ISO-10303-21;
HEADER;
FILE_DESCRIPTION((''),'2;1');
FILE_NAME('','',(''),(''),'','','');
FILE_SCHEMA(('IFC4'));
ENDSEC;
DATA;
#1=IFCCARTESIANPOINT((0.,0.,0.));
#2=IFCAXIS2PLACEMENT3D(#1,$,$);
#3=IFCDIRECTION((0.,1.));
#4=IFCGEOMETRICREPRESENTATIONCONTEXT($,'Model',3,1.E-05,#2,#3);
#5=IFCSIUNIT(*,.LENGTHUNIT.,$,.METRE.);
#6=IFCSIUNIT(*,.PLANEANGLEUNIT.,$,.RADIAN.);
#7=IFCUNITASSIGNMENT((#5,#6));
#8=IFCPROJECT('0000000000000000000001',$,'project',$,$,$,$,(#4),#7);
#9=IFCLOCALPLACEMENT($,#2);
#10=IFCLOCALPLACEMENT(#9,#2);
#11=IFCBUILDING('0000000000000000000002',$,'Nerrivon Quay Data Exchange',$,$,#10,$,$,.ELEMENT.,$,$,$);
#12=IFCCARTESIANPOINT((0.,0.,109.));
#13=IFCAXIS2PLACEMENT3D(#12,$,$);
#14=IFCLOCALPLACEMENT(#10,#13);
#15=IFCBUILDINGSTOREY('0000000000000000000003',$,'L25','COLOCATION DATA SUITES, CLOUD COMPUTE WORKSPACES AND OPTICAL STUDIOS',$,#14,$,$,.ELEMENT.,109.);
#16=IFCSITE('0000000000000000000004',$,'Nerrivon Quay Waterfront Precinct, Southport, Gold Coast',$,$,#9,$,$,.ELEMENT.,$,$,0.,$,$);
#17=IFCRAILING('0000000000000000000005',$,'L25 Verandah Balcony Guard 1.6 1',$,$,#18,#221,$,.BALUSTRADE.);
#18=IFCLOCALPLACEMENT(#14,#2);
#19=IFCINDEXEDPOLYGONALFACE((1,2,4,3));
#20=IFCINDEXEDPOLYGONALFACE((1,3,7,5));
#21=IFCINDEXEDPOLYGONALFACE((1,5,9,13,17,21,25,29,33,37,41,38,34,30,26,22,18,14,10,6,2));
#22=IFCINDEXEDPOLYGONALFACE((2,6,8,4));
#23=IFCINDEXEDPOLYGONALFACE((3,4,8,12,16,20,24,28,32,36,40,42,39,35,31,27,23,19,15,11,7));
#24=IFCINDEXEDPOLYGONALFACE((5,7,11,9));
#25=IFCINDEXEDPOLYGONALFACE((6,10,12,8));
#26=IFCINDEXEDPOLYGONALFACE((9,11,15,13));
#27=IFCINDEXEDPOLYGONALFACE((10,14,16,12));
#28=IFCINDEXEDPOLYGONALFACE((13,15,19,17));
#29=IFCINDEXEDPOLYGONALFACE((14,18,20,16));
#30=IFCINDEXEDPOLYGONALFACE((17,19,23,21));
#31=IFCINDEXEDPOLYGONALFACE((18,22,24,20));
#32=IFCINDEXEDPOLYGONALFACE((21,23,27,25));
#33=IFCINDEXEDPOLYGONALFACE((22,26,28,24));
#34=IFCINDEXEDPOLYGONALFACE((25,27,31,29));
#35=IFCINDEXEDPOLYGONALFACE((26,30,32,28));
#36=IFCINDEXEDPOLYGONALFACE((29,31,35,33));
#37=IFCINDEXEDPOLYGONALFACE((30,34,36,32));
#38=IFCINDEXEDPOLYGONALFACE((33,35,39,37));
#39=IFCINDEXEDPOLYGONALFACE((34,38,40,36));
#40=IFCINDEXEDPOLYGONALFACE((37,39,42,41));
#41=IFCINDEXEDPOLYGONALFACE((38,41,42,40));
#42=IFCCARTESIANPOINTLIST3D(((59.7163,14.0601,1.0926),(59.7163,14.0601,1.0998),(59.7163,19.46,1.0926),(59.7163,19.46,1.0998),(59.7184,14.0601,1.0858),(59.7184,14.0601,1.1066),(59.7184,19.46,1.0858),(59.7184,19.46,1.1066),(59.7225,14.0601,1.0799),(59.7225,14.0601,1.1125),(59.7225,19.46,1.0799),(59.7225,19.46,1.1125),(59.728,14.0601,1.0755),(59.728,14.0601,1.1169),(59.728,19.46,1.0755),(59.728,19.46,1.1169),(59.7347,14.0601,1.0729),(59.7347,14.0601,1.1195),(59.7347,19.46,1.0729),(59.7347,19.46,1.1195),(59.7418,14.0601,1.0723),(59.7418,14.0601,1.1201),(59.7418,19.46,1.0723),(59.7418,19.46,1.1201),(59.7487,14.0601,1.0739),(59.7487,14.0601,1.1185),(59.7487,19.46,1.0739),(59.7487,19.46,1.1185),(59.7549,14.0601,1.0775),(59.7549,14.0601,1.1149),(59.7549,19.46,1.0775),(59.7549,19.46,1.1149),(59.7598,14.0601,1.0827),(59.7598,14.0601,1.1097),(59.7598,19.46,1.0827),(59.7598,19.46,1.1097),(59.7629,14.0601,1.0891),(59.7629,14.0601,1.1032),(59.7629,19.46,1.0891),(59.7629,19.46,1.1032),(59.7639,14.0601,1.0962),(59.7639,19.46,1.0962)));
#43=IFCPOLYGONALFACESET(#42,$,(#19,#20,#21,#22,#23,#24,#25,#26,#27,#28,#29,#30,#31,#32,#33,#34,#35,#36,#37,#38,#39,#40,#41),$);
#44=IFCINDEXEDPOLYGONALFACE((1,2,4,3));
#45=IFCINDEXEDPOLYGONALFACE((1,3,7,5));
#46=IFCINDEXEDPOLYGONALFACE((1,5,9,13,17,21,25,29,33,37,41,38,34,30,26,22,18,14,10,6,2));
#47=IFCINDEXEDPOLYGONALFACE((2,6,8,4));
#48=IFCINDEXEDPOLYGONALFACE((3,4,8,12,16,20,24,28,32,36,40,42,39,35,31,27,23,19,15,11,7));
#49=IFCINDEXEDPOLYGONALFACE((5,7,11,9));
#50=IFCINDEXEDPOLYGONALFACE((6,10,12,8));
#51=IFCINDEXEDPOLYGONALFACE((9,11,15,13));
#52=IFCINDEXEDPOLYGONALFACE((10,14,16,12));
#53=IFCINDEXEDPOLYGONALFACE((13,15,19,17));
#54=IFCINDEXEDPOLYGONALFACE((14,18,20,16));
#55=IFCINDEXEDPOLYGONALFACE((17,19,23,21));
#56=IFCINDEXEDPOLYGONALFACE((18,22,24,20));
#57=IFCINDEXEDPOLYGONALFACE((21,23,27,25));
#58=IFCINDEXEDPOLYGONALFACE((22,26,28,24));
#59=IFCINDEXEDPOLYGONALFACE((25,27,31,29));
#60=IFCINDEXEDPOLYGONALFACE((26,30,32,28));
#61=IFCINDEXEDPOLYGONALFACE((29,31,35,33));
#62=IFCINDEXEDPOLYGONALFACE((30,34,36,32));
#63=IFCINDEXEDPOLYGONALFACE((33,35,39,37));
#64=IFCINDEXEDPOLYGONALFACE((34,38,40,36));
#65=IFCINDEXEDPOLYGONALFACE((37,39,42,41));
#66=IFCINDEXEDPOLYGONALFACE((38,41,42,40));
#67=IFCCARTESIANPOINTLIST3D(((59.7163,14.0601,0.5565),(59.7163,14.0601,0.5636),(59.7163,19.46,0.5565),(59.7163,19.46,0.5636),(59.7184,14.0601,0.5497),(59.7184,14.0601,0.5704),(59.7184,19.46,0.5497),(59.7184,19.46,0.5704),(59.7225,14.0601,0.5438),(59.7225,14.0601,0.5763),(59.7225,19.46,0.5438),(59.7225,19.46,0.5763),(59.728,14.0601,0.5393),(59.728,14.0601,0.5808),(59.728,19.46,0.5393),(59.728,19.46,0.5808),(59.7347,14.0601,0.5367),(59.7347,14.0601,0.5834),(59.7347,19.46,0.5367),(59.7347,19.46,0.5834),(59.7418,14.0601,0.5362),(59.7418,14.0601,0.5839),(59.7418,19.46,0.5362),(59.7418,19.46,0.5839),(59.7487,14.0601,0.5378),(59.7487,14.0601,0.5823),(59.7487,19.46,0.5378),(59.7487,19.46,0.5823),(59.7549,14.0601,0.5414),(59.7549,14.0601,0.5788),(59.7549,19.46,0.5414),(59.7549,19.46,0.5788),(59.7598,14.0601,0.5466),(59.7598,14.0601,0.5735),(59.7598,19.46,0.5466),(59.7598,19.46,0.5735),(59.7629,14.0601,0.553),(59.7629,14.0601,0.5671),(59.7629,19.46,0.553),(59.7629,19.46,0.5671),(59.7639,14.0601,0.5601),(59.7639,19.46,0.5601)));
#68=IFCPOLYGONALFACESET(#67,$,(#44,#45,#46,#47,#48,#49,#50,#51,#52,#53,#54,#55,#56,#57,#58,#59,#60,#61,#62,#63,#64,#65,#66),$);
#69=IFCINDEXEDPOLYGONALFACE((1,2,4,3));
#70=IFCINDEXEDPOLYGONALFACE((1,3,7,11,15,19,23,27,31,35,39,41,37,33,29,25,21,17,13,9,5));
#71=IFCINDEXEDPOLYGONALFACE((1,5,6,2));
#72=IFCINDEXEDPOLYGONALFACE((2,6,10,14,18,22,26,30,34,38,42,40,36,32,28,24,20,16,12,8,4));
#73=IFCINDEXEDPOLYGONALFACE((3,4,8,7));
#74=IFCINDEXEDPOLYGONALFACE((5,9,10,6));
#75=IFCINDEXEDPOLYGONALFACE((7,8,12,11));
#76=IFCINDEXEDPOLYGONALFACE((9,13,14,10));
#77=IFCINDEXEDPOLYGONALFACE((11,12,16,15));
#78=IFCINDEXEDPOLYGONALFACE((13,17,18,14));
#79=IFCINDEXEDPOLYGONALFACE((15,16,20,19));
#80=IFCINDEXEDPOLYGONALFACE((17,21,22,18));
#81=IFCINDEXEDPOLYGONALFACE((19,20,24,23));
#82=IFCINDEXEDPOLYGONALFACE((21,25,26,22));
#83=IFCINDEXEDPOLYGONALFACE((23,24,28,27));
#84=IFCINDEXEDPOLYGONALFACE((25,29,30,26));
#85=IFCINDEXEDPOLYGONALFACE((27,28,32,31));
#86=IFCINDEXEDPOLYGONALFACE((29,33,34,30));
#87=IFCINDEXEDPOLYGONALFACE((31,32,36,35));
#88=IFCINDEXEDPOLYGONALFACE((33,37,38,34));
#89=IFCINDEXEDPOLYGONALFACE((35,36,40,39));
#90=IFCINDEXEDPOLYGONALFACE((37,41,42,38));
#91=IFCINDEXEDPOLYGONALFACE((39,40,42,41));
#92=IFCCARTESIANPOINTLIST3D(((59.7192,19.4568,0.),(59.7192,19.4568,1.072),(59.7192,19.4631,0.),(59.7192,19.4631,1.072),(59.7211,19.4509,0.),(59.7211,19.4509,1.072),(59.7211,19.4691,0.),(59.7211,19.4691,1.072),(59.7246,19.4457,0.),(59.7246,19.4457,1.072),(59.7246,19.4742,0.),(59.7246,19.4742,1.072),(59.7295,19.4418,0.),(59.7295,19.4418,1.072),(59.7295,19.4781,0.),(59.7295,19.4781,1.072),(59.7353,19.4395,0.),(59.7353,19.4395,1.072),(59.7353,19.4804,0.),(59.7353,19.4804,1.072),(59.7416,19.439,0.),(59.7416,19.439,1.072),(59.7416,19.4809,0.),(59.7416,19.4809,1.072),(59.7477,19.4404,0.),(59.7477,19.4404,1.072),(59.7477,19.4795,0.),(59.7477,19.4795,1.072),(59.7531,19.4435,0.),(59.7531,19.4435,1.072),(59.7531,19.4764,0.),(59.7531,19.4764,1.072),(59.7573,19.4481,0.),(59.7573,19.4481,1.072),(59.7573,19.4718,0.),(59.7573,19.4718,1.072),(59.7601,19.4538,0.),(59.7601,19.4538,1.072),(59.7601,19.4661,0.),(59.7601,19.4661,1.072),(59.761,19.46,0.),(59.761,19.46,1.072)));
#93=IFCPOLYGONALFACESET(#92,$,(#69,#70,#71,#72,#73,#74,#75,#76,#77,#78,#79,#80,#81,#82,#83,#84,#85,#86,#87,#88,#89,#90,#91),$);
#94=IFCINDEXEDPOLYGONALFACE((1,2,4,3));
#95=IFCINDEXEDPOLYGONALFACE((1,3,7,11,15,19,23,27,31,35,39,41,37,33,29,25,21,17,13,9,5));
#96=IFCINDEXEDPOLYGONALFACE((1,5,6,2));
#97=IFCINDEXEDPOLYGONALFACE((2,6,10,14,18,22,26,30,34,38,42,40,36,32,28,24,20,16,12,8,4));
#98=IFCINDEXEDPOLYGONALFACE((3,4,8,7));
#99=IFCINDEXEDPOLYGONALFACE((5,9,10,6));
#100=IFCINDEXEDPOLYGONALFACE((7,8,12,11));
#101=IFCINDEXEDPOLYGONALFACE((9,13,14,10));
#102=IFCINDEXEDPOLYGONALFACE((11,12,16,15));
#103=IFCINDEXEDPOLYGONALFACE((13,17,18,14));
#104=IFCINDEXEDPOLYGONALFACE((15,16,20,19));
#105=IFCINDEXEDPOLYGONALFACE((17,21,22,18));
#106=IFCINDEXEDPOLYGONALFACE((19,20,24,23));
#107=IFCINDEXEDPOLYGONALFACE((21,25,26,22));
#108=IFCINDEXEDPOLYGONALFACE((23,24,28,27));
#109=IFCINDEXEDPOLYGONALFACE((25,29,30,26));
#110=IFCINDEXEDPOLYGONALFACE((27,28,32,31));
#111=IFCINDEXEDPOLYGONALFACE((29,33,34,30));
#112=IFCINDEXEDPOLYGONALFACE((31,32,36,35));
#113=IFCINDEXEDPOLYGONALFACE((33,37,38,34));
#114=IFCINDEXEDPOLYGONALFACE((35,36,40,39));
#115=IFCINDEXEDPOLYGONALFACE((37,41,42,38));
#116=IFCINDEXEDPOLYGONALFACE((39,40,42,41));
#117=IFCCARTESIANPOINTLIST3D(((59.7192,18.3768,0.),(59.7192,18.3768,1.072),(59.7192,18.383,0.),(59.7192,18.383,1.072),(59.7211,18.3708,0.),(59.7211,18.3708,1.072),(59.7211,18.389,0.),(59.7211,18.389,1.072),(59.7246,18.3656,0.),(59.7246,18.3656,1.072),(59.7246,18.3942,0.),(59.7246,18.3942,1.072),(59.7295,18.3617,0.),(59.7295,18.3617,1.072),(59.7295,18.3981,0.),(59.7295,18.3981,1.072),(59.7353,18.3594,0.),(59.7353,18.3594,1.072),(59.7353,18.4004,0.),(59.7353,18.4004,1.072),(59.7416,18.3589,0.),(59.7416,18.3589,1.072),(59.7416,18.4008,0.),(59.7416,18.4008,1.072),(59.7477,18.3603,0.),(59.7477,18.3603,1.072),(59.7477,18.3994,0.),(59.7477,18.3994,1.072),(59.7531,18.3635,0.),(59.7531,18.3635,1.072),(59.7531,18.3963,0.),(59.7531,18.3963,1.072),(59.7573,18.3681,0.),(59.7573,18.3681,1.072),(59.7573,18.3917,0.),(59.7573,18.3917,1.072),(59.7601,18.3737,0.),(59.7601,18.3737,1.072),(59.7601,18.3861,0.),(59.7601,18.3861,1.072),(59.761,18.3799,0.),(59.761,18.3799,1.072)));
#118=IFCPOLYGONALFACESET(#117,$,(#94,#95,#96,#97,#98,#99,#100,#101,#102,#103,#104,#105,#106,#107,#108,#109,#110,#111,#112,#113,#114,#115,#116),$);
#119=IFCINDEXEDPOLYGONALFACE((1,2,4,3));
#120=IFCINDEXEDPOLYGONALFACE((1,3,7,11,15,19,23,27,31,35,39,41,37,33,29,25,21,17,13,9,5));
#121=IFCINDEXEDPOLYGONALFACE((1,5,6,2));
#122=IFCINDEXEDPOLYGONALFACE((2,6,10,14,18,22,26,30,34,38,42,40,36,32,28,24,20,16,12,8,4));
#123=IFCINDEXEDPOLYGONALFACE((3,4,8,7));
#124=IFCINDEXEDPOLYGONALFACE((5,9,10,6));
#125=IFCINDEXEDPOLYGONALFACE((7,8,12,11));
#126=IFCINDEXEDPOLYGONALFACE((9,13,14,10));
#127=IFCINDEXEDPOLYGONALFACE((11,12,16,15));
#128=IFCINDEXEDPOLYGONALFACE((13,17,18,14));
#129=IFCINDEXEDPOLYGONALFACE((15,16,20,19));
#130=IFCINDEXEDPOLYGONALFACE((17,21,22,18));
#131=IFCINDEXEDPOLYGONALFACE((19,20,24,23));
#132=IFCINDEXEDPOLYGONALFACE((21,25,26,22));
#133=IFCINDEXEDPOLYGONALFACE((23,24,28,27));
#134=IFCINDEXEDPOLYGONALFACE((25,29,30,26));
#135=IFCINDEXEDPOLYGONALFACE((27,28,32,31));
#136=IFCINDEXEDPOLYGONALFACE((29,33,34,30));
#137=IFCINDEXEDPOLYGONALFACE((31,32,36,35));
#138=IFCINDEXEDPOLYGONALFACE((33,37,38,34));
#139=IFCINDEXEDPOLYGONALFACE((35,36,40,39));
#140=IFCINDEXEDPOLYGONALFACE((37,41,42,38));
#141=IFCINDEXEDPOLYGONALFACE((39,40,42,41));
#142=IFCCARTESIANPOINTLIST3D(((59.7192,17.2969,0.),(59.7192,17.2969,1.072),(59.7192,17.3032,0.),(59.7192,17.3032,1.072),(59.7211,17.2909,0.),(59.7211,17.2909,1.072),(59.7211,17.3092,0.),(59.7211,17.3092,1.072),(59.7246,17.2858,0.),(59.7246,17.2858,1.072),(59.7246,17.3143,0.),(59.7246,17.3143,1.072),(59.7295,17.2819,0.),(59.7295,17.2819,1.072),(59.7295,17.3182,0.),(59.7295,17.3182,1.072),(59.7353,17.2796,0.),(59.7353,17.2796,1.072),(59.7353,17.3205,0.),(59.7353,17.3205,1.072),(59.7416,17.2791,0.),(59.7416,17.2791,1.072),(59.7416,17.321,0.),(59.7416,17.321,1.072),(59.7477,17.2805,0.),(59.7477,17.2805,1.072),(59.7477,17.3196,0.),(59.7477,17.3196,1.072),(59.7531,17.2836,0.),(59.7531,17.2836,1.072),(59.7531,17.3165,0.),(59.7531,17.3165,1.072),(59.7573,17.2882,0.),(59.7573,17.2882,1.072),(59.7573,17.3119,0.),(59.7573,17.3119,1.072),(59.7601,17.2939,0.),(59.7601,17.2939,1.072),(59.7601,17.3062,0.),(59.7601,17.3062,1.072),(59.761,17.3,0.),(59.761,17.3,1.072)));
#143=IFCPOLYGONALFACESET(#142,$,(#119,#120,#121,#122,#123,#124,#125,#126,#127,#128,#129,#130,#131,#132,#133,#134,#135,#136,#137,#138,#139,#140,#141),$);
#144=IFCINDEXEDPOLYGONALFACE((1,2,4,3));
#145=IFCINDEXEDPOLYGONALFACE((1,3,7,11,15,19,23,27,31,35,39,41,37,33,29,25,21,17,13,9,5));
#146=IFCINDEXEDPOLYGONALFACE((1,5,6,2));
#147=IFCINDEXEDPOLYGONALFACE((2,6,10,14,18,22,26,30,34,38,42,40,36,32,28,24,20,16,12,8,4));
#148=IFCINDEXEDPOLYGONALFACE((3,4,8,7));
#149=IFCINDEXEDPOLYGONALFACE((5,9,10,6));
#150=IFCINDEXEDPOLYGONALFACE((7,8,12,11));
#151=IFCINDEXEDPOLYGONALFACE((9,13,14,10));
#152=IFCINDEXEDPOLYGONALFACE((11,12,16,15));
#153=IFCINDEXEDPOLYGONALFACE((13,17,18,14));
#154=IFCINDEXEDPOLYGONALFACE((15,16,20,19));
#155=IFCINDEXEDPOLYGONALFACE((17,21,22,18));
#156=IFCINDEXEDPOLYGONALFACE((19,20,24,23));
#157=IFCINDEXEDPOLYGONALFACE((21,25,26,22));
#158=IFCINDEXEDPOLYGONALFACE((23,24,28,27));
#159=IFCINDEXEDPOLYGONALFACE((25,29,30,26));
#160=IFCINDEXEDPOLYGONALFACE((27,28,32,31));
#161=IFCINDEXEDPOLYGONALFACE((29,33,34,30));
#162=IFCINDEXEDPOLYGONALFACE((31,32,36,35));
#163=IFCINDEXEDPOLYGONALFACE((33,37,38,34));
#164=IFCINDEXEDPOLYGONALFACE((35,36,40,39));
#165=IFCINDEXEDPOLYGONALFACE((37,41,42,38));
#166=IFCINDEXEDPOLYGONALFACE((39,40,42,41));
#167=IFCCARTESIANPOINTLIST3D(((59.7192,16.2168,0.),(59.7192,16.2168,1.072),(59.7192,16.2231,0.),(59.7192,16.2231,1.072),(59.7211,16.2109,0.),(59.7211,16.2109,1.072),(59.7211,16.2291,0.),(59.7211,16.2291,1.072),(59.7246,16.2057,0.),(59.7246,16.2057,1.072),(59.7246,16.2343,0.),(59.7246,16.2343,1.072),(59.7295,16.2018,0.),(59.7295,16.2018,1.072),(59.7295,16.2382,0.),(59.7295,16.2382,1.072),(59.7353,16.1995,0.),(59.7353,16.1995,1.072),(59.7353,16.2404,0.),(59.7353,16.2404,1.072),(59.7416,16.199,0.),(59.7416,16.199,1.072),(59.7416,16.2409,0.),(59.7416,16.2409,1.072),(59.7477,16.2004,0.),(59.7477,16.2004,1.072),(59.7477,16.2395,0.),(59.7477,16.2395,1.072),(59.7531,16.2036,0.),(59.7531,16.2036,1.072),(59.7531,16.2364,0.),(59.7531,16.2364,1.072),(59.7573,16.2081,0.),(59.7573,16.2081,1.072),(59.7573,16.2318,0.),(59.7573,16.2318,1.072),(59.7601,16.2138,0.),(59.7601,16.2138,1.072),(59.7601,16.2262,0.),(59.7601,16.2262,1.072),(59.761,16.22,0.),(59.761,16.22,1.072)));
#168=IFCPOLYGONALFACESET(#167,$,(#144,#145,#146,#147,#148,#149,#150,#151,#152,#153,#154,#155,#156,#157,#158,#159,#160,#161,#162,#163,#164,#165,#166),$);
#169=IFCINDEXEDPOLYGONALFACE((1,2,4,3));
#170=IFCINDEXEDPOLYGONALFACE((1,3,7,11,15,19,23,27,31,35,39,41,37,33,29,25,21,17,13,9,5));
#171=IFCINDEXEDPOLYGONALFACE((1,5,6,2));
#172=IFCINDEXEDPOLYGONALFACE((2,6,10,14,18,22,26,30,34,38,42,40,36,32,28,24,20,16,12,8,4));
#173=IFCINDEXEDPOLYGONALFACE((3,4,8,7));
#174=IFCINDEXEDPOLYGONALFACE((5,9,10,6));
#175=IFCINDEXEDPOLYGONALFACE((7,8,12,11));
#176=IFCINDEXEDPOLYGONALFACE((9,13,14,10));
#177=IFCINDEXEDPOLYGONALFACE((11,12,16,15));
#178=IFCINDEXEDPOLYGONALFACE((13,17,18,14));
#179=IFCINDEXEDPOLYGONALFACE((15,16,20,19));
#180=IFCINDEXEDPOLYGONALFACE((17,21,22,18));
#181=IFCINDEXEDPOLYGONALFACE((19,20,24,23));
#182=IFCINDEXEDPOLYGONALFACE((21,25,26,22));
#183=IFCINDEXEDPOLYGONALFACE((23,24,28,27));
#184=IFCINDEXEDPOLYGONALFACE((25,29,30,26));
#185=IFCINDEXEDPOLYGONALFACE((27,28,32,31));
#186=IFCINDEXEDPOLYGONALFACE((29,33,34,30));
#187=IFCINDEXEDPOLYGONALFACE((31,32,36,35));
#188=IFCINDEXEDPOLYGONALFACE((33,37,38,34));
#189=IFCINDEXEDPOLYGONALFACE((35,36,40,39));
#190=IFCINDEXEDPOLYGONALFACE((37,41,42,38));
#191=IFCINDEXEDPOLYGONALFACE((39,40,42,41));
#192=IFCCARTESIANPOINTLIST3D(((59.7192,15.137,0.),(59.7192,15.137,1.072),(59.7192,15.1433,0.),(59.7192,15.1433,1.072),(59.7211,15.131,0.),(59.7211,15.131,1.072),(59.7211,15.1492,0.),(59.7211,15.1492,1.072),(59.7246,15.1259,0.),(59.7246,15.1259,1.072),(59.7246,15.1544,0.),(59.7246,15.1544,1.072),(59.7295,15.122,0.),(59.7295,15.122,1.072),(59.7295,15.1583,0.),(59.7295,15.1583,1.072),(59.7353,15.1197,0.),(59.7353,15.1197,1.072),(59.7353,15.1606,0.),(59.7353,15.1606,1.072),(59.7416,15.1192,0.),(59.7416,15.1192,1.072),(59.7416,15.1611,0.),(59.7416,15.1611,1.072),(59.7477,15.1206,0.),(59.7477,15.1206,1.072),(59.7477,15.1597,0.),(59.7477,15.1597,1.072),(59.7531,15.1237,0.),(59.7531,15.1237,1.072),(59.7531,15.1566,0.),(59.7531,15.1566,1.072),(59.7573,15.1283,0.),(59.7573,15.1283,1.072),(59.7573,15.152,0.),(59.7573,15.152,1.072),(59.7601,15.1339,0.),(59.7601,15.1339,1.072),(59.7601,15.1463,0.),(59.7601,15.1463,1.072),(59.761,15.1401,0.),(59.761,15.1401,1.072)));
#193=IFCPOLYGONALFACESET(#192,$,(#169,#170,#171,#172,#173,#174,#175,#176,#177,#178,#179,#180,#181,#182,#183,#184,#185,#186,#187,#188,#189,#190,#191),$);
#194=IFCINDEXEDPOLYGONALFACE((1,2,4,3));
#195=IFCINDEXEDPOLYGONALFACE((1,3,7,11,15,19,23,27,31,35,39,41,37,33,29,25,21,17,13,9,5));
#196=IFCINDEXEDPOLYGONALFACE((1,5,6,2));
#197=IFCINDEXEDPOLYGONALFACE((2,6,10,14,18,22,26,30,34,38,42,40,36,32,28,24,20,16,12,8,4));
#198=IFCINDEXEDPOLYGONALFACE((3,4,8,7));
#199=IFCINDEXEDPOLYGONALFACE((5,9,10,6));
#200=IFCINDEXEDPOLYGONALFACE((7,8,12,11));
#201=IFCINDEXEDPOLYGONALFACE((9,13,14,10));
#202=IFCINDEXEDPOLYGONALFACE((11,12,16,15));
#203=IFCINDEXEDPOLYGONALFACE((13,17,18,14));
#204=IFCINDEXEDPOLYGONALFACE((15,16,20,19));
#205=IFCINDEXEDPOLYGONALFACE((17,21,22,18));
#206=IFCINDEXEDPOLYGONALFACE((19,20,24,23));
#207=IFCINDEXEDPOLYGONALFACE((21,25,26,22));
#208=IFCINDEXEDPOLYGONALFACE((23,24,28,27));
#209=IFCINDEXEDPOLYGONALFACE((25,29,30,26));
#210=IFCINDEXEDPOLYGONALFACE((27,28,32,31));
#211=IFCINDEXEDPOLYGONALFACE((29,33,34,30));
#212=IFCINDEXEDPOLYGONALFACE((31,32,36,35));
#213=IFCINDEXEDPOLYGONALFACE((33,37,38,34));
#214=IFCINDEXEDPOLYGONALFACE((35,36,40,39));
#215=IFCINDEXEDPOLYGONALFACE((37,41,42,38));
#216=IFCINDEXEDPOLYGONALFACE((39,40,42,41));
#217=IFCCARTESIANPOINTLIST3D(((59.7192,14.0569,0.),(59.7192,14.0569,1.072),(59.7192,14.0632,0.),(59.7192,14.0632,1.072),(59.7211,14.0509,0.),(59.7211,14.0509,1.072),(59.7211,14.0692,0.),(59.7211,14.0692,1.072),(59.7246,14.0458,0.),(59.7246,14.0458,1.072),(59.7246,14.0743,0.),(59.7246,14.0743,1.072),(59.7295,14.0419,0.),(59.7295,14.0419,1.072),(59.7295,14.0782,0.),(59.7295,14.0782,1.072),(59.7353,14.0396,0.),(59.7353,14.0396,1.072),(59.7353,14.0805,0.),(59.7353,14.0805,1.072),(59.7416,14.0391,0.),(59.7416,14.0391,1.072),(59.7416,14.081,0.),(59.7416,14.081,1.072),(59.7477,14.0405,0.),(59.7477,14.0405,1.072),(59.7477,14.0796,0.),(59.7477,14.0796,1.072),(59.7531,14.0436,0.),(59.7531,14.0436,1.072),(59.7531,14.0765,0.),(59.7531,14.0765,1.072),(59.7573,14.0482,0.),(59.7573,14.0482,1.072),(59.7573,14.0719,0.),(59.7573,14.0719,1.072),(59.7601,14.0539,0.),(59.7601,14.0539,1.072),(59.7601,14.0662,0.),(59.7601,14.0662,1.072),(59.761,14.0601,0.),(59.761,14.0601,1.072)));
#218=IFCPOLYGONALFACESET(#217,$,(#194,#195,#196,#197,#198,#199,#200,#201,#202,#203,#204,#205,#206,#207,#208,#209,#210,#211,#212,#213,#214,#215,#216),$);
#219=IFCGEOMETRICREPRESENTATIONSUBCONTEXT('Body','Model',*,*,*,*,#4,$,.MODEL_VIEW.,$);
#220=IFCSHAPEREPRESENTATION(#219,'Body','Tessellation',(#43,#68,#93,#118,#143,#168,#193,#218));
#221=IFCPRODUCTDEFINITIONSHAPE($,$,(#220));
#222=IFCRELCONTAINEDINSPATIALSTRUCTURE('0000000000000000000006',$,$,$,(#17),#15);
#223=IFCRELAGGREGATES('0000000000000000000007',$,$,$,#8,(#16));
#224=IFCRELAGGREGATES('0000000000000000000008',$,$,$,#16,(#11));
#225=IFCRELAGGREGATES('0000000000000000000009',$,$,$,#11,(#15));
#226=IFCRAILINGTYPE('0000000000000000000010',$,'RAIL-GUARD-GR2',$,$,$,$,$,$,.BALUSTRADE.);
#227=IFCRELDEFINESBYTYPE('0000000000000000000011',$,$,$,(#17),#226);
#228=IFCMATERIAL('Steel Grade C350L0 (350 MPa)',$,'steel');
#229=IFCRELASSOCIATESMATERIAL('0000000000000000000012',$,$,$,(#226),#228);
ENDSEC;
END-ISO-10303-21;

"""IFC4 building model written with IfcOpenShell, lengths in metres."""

from ifc_helpers import new_model, si_unit, direction, frame, origin, origin_2d, place, context, subcontext, project, spatial, circle, extrude, material, type_object, element, save


model = new_model("IFC4")

# Units and contexts
model_context = context("Model", 3, precision=1e-05, world=origin(), true_north=direction((0.0, 1.0)))
body_context = subcontext(model_context, "Body", "Model", "MODEL_VIEW")
ifc_project = project(units=[si_unit("LENGTHUNIT", "METRE"), si_unit("PLANEANGLEUNIT", "RADIAN")], contexts=[model_context])

# Site, building, storey
site_placement = place(None, origin())
site = spatial("IfcSite", under=ifc_project, at=site_placement, Name="Nerrivon Quay Waterfront Precinct, Southport, Gold Coast", CompositionType="ELEMENT", RefElevation=0.0)
building_placement = place(site_placement, origin())
building = spatial("IfcBuilding", under=site, at=building_placement, Name="Nerrivon Quay Data Exchange", CompositionType="ELEMENT")
storey_placement = place(building_placement, frame((0.0, 0.0, 109.0)))
storey = spatial("IfcBuildingStorey", under=building, at=storey_placement, Name="L25", Description="COLOCATION DATA SUITES, CLOUD COMPUTE WORKSPACES AND OPTICAL STUDIOS", CompositionType="ELEMENT", Elevation=109.0)

# Shared definitions
ifc_material_1 = material(Name="Steel Grade C350L0 (350 MPa)", Category="steel")

# Railing
railing_type = type_object("IfcRailingType", Name="RAIL-GUARD-GR2", PredefinedType="BALUSTRADE", material=ifc_material_1)
railing_1_placement = place(storey_placement, frame((59.74, 19.46, 0.0)))
element("IfcRailing", 1, at=railing_1_placement, inside=storey, type_object=railing_type, Name="L25 Verandah Balcony Guard 1.6 1", PredefinedType="BALUSTRADE", context=body_context, shape_type="SweptSolid", body=[
    extrude(circle(Radius=0.0239, at=origin_2d()), frame((0.0, 0.0, 1.0962), z_axis=(0.0, -1.0, 0.0), x_axis=(1.0, 0.0, 0.0)), (0.0, 0.0, 1.0), 5.3999),
    extrude(circle(Radius=0.0239, at=origin_2d()), frame((0.0, 0.0, 0.5601), z_axis=(0.0, -1.0, 0.0), x_axis=(1.0, 0.0, 0.0)), (0.0, 0.0, 1.0), 5.3999),
    extrude(circle(Radius=0.021, at=origin_2d()), origin(), (0.0, 0.0, 1.0), 1.072),
    extrude(circle(Radius=0.021, at=origin_2d()), frame((0.0, -1.0801, 0.0)), (0.0, 0.0, 1.0), 1.072),
    extrude(circle(Radius=0.021, at=origin_2d()), frame((0.0, -2.1599, 0.0)), (0.0, 0.0, 1.0), 1.072),
    extrude(circle(Radius=0.021, at=origin_2d()), frame((0.0, -3.24, 0.0)), (0.0, 0.0, 1.0), 1.072),
    extrude(circle(Radius=0.021, at=origin_2d()), frame((0.0, -4.3198, 0.0)), (0.0, 0.0, 1.0), 1.072),
    extrude(circle(Radius=0.021, at=origin_2d()), frame((0.0, -5.3999, 0.0)), (0.0, 0.0, 1.0), 1.072),
])

save(model, "model.ifc")
